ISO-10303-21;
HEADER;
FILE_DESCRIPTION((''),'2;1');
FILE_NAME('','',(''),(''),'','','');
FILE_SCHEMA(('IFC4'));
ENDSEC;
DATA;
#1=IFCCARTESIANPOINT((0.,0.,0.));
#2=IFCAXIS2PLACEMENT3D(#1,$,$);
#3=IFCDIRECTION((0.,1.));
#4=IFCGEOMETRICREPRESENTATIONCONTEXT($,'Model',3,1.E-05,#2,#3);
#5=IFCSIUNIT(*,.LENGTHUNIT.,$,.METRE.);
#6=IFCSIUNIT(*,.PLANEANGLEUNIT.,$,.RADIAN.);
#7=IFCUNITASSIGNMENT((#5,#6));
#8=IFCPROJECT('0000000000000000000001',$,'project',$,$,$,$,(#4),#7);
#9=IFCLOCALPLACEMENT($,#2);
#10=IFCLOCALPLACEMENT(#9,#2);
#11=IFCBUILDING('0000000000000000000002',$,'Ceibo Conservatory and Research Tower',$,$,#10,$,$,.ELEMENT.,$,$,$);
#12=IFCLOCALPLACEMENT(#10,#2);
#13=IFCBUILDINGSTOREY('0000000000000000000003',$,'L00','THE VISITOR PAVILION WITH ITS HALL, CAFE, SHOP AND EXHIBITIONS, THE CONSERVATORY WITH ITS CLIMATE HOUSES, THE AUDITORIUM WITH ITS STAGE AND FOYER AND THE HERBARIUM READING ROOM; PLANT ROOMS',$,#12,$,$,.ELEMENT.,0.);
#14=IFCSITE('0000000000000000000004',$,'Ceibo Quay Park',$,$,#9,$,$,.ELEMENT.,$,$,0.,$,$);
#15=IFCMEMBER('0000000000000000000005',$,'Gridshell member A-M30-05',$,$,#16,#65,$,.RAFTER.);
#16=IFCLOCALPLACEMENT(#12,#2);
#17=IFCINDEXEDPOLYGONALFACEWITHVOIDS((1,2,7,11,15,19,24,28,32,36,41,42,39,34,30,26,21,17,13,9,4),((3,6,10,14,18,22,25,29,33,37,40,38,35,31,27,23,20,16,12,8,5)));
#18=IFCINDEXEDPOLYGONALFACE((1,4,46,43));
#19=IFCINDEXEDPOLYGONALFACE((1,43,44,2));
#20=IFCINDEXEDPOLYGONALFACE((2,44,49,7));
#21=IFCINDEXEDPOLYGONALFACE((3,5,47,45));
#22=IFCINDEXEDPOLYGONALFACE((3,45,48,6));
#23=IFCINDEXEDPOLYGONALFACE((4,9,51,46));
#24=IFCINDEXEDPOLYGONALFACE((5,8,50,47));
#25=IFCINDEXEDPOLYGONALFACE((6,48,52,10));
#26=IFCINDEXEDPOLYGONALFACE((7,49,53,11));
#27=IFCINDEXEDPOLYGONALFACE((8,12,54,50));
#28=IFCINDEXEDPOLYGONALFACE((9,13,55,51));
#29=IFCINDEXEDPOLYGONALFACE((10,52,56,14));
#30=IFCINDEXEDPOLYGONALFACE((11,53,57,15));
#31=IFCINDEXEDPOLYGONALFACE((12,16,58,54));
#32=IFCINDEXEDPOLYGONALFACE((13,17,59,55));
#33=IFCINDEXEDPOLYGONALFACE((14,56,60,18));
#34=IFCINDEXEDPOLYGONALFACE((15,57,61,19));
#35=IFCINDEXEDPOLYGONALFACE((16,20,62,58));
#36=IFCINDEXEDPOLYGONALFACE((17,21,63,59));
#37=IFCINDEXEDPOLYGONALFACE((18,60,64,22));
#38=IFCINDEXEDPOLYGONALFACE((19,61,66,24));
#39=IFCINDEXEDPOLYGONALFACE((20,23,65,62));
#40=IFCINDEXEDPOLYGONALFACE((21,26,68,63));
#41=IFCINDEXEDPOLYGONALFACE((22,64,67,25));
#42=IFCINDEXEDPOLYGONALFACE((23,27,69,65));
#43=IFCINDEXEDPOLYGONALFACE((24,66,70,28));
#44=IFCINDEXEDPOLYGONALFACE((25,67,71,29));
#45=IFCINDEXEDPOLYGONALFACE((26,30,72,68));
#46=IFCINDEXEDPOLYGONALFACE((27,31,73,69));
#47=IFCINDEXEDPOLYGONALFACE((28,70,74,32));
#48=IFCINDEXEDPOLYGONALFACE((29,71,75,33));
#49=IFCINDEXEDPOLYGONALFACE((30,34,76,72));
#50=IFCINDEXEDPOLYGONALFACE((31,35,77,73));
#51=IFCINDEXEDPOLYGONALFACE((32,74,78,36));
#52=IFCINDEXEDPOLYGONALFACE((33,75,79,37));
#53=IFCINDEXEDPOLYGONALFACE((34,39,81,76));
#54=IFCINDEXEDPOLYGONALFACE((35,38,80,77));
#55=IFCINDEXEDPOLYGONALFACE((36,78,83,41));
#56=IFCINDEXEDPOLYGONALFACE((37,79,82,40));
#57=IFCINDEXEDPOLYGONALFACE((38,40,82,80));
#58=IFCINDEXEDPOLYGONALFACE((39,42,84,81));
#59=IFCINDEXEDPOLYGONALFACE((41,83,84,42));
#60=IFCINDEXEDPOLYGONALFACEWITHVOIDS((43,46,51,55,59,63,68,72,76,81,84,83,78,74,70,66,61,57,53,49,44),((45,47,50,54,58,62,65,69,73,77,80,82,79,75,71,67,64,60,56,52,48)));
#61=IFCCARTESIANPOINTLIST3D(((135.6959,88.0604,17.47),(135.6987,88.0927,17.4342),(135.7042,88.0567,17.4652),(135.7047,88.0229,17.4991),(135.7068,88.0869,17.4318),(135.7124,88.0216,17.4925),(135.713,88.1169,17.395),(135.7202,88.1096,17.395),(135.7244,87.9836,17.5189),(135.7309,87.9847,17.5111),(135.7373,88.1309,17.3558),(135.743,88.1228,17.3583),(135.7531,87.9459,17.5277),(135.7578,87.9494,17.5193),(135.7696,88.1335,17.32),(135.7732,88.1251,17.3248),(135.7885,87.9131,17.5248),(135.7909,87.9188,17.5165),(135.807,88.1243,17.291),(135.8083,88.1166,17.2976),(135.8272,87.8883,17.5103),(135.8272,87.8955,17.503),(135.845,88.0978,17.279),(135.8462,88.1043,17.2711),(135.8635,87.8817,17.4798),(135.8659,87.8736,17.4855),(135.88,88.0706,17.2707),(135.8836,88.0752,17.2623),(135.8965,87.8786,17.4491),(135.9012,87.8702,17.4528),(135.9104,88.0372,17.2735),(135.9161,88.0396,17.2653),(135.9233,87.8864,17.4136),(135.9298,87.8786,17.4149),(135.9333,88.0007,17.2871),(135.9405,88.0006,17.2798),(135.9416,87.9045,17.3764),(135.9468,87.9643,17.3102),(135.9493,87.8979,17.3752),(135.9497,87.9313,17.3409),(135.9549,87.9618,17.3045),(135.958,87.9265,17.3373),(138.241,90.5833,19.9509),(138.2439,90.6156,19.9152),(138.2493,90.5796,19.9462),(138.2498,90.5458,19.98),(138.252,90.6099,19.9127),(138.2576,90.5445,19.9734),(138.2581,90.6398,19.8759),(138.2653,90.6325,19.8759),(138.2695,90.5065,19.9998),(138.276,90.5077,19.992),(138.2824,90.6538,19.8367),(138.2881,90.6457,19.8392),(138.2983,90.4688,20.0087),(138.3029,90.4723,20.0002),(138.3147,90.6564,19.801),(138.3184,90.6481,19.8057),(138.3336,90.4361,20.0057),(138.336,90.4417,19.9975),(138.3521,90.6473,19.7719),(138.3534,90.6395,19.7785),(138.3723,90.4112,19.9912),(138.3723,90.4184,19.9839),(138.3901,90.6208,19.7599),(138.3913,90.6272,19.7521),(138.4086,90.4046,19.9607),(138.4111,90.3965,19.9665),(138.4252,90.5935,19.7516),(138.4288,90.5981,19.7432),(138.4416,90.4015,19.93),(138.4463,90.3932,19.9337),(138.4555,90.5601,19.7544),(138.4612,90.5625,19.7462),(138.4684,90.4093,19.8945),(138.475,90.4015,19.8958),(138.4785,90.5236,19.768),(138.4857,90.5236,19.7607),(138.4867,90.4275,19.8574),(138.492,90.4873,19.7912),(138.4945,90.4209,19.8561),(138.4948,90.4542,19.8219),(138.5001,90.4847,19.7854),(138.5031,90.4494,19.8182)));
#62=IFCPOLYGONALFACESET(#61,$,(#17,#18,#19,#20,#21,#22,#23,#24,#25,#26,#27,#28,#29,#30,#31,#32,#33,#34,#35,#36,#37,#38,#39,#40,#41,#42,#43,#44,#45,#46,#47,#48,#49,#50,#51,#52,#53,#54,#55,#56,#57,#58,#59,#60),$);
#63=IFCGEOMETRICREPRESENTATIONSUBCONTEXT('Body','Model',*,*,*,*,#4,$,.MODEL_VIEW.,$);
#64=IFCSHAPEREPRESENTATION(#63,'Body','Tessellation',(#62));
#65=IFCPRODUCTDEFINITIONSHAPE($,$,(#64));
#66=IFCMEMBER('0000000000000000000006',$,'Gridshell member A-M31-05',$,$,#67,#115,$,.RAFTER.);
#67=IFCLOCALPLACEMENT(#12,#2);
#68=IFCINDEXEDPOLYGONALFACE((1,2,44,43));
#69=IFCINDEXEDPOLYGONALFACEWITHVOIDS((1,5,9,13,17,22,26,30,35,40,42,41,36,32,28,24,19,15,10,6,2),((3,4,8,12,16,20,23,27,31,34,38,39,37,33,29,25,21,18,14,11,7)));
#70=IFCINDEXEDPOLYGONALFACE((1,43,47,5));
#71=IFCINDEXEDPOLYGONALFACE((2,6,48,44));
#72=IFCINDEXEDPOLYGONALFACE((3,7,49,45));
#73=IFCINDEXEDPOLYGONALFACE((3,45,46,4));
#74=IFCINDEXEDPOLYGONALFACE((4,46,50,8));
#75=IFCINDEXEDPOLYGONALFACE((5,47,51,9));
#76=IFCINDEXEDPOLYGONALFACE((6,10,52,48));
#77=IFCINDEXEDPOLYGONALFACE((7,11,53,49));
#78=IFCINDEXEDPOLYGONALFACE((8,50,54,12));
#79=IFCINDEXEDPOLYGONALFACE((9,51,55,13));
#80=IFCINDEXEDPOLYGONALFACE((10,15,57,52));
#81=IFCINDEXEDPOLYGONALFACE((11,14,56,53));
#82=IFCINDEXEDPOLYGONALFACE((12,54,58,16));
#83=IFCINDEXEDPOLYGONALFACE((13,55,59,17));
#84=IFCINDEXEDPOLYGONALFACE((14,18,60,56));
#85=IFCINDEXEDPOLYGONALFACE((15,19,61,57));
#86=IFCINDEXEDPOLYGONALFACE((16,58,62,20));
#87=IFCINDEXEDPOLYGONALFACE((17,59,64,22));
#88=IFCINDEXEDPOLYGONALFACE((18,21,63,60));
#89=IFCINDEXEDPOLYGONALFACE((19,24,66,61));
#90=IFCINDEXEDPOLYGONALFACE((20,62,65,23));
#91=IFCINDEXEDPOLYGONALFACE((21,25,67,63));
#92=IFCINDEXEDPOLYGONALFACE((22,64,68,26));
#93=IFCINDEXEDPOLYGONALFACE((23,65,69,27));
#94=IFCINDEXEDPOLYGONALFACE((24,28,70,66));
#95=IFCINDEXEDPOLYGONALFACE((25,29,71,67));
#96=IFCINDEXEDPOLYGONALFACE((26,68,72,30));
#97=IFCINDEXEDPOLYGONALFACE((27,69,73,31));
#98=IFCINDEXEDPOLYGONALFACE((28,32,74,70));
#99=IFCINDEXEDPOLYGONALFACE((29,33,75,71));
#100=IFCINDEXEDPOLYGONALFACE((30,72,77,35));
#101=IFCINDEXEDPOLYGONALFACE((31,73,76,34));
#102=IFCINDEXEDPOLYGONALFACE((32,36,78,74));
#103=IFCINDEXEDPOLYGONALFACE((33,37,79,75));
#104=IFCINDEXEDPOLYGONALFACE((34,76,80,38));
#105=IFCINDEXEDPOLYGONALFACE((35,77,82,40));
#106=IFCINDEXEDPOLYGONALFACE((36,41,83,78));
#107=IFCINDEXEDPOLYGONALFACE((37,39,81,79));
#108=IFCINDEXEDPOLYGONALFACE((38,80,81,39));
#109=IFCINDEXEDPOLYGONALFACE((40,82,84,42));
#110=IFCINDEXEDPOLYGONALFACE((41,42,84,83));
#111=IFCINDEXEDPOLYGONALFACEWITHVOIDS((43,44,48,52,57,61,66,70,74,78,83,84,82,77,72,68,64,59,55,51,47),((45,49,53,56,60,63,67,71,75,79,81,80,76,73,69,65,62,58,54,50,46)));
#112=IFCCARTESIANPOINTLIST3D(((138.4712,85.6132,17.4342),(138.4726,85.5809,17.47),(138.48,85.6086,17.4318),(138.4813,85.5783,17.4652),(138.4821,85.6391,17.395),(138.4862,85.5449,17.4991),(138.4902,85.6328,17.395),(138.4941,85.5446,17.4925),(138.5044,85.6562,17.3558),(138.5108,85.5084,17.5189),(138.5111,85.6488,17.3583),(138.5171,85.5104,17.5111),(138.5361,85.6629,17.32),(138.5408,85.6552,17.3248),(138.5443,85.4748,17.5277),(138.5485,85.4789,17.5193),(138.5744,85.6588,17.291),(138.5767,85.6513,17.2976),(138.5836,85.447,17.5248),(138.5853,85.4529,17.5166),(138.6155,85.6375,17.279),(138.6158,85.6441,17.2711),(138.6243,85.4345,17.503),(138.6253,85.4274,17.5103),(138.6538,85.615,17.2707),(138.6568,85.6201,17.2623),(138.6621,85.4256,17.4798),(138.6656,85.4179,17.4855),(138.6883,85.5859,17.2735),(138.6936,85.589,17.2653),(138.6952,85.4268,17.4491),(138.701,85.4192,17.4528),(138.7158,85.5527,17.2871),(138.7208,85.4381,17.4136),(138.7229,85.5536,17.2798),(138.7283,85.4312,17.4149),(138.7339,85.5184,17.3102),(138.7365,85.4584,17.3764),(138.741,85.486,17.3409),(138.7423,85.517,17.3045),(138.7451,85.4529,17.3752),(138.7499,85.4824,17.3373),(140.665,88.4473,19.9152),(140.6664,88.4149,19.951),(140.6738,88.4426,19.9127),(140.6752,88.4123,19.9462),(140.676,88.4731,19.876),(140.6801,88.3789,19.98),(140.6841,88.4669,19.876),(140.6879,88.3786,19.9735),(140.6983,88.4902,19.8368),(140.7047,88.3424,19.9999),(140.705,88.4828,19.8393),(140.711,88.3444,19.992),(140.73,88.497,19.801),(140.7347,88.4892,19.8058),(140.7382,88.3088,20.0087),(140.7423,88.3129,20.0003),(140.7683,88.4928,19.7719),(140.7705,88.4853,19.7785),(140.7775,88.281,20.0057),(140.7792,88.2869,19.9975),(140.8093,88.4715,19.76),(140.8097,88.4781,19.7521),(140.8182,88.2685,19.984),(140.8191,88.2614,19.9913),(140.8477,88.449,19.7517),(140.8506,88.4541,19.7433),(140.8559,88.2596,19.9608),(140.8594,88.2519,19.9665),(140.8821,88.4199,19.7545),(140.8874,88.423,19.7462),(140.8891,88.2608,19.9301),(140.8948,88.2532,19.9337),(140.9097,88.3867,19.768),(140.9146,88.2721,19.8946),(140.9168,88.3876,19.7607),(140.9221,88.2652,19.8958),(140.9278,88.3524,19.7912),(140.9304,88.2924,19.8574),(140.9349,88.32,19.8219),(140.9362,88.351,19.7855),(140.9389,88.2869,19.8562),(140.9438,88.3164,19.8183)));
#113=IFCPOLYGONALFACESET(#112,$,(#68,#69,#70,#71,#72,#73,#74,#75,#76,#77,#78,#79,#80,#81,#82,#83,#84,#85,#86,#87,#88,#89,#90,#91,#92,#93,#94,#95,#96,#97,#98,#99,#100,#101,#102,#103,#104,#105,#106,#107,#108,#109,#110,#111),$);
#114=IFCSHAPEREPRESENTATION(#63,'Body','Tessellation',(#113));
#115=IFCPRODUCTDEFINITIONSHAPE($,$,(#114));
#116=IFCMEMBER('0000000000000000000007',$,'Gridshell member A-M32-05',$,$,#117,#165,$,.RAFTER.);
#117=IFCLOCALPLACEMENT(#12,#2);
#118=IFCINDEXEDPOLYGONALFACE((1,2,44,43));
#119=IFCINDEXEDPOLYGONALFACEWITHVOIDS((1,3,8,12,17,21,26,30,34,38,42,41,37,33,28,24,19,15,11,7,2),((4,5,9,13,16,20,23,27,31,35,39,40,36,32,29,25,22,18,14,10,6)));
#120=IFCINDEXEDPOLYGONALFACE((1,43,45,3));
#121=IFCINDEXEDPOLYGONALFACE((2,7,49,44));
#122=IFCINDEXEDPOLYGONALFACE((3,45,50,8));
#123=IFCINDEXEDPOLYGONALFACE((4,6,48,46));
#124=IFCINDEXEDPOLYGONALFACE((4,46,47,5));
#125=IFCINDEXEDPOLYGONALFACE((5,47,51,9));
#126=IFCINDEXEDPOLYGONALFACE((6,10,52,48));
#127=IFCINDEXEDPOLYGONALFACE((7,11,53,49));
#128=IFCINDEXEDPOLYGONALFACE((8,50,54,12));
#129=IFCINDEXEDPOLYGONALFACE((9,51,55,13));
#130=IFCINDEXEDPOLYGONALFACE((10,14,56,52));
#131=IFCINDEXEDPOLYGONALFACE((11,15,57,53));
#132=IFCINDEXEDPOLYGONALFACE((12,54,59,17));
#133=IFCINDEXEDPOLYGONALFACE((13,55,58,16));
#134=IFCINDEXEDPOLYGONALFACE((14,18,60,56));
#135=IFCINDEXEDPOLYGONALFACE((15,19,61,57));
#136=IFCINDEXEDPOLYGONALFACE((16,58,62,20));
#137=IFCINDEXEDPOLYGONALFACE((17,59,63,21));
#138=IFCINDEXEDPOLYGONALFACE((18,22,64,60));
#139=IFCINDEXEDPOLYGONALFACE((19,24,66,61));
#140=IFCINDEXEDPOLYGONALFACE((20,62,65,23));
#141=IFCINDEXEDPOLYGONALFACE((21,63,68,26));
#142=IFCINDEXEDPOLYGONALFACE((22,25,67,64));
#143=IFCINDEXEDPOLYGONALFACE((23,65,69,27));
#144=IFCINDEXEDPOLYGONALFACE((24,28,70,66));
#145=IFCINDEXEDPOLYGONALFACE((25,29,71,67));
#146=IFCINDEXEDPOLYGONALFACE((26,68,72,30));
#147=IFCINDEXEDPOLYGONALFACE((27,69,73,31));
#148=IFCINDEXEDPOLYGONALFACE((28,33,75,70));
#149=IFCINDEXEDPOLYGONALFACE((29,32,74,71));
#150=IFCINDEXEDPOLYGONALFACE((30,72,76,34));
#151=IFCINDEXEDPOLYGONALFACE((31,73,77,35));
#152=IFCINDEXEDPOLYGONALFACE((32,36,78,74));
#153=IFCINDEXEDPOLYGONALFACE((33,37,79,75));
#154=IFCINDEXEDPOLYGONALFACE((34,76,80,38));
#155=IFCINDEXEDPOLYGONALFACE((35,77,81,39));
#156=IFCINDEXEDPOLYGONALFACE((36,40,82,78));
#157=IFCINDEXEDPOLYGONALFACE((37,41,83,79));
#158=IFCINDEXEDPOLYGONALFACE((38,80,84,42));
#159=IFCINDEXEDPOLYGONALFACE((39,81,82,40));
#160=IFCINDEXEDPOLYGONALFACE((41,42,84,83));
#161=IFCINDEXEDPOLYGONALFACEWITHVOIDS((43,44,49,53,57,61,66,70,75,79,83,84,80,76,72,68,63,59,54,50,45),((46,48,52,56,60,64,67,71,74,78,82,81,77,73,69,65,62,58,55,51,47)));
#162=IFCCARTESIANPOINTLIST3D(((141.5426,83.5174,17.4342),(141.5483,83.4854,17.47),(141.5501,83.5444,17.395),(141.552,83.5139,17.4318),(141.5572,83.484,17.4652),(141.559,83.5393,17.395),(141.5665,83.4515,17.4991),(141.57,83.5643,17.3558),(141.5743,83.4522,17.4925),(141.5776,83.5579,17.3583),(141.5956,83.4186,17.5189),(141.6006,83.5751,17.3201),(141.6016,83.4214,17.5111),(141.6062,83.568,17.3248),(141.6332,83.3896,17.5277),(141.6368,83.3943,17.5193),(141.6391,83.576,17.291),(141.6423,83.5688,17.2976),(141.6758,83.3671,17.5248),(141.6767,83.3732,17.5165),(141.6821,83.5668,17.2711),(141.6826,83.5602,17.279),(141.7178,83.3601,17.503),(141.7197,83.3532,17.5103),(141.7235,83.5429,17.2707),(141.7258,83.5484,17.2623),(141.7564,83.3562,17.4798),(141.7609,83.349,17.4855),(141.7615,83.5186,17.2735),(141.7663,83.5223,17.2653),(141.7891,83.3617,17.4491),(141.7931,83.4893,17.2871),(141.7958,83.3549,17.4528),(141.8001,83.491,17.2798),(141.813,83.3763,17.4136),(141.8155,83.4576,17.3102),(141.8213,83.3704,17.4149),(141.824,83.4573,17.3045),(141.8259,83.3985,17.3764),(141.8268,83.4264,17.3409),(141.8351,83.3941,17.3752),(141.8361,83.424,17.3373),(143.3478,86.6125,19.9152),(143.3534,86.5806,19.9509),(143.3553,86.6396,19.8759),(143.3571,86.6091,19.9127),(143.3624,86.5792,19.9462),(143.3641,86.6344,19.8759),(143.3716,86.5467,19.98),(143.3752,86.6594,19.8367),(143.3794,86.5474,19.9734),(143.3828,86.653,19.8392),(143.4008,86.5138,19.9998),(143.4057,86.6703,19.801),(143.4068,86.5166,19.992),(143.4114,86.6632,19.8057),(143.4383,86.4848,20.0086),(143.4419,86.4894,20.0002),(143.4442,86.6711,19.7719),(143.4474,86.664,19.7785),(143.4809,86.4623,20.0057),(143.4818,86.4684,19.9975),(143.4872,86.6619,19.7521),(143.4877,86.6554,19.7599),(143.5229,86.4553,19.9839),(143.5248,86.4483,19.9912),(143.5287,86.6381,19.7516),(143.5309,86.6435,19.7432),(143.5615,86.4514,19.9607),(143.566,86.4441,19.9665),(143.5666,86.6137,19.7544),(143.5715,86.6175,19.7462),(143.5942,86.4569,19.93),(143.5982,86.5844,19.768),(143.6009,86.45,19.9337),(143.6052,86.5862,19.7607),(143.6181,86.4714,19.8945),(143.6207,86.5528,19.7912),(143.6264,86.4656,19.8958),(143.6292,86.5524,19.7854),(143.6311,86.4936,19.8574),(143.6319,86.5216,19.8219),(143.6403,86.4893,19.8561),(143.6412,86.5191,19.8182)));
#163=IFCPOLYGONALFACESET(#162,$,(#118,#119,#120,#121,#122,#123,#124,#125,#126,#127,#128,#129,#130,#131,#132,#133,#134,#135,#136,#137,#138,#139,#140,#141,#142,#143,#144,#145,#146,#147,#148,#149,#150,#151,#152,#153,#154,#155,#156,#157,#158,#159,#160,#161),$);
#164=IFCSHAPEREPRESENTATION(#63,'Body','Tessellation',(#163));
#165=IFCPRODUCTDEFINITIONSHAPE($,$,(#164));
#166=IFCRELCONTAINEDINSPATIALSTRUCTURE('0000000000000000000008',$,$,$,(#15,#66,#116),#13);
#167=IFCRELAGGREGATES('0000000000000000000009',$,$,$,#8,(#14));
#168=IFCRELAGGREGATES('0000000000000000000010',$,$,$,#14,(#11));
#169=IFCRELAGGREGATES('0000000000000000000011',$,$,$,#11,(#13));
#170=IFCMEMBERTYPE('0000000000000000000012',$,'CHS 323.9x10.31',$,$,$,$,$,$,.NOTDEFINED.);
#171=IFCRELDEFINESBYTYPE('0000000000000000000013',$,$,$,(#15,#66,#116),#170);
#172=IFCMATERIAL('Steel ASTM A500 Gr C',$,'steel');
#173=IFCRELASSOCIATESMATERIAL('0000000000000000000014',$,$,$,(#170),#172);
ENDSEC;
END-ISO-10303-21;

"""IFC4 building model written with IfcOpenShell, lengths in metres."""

from ifc_helpers import new_model, si_unit, direction, frame, origin, origin_2d, place, context, subcontext, project, spatial, hollow_circle, extrude, material, material_profile, profile_set, type_object, element, save


model = new_model("IFC4")

# Units and contexts
model_context = context("Model", 3, precision=1e-05, world=origin(), true_north=direction((0.0, 1.0)))
body_context = subcontext(model_context, "Body", "Model", "MODEL_VIEW")
ifc_project = project(units=[si_unit("LENGTHUNIT", "METRE"), si_unit("PLANEANGLEUNIT", "RADIAN")], contexts=[model_context])

# Site, building, storey
site_placement = place(None, origin())
site = spatial("IfcSite", under=ifc_project, at=site_placement, Name="Ceibo Quay Park", CompositionType="ELEMENT", RefElevation=0.0)
building_placement = place(site_placement, origin())
building = spatial("IfcBuilding", under=site, at=building_placement, Name="Ceibo Conservatory and Research Tower", CompositionType="ELEMENT")
storey_placement = place(building_placement, origin())
storey = spatial("IfcBuildingStorey", under=building, at=storey_placement, Name="L00", Description="THE VISITOR PAVILION WITH ITS HALL, CAFE, SHOP AND EXHIBITIONS, THE CONSERVATORY WITH ITS CLIMATE HOUSES, THE AUDITORIUM WITH ITS STAGE AND FOYER AND THE HERBARIUM READING ROOM; PLANT ROOMS", CompositionType="ELEMENT", Elevation=0.0)

# Members
ifc_material_1 = material(Name="Steel ASTM A500 Gr C", Category="steel")
ifc_material_profile_1 = material_profile(ifc_material_1, hollow_circle(Radius=0.1619, WallThickness=0.0103, at=origin_2d()), Name="CHS 323.9x10.31")
ifc_profile_set_1 = profile_set([ifc_material_profile_1], Name="Steel ASTM A500 Gr C")
member_type_1 = type_object("IfcMemberType", Name="CHS 323.9x10.31", PredefinedType="NOTDEFINED", material=ifc_profile_set_1)
member_1_placement = place(storey_placement, frame((135.8269, 88.002, 17.395), z_axis=(0.583927, 0.57883, 0.569196), x_axis=(-0.704, 0.7102, 0.0)))
element("IfcMember", 1, at=member_1_placement, inside=storey, type_object=member_type_1, Name="Gridshell member A-M30-05", PredefinedType="RAFTER", context=body_context, shape_type="SweptSolid", body=[
    extrude(hollow_circle(Radius=0.1619, WallThickness=0.0103, at=origin_2d()), origin(), (0.0, 0.0, 1.0), 4.3586),
])
member_2_placement = place(storey_placement, frame((138.6101, 85.54, 17.395), z_axis=(0.503309, 0.650168, 0.569177), x_axis=(-0.790751, 0.612137, 0.0)))
element("IfcMember", 2, at=member_2_placement, inside=storey, type_object=member_type_1, Name="Gridshell member A-M31-05", PredefinedType="RAFTER", context=body_context, shape_type="SweptSolid", body=[
    extrude(hollow_circle(Radius=0.1619, WallThickness=0.0103, at=origin_2d()), origin(), (0.0, 0.0, 1.0), 4.3589),
])
member_3_placement = place(storey_placement, frame((141.6899, 83.4629, 17.395), z_axis=(0.414199, 0.7102, 0.569258), x_axis=(-0.863823, 0.503795, 0.0)))
element("IfcMember", 3, at=member_3_placement, inside=storey, type_object=member_type_1, Name="Gridshell member A-M32-05", PredefinedType="RAFTER", context=body_context, shape_type="SweptSolid", body=[
    extrude(hollow_circle(Radius=0.1619, WallThickness=0.0103, at=origin_2d()), origin(), (0.0, 0.0, 1.0), 4.3582),
])

save(model, "model.ifc")
